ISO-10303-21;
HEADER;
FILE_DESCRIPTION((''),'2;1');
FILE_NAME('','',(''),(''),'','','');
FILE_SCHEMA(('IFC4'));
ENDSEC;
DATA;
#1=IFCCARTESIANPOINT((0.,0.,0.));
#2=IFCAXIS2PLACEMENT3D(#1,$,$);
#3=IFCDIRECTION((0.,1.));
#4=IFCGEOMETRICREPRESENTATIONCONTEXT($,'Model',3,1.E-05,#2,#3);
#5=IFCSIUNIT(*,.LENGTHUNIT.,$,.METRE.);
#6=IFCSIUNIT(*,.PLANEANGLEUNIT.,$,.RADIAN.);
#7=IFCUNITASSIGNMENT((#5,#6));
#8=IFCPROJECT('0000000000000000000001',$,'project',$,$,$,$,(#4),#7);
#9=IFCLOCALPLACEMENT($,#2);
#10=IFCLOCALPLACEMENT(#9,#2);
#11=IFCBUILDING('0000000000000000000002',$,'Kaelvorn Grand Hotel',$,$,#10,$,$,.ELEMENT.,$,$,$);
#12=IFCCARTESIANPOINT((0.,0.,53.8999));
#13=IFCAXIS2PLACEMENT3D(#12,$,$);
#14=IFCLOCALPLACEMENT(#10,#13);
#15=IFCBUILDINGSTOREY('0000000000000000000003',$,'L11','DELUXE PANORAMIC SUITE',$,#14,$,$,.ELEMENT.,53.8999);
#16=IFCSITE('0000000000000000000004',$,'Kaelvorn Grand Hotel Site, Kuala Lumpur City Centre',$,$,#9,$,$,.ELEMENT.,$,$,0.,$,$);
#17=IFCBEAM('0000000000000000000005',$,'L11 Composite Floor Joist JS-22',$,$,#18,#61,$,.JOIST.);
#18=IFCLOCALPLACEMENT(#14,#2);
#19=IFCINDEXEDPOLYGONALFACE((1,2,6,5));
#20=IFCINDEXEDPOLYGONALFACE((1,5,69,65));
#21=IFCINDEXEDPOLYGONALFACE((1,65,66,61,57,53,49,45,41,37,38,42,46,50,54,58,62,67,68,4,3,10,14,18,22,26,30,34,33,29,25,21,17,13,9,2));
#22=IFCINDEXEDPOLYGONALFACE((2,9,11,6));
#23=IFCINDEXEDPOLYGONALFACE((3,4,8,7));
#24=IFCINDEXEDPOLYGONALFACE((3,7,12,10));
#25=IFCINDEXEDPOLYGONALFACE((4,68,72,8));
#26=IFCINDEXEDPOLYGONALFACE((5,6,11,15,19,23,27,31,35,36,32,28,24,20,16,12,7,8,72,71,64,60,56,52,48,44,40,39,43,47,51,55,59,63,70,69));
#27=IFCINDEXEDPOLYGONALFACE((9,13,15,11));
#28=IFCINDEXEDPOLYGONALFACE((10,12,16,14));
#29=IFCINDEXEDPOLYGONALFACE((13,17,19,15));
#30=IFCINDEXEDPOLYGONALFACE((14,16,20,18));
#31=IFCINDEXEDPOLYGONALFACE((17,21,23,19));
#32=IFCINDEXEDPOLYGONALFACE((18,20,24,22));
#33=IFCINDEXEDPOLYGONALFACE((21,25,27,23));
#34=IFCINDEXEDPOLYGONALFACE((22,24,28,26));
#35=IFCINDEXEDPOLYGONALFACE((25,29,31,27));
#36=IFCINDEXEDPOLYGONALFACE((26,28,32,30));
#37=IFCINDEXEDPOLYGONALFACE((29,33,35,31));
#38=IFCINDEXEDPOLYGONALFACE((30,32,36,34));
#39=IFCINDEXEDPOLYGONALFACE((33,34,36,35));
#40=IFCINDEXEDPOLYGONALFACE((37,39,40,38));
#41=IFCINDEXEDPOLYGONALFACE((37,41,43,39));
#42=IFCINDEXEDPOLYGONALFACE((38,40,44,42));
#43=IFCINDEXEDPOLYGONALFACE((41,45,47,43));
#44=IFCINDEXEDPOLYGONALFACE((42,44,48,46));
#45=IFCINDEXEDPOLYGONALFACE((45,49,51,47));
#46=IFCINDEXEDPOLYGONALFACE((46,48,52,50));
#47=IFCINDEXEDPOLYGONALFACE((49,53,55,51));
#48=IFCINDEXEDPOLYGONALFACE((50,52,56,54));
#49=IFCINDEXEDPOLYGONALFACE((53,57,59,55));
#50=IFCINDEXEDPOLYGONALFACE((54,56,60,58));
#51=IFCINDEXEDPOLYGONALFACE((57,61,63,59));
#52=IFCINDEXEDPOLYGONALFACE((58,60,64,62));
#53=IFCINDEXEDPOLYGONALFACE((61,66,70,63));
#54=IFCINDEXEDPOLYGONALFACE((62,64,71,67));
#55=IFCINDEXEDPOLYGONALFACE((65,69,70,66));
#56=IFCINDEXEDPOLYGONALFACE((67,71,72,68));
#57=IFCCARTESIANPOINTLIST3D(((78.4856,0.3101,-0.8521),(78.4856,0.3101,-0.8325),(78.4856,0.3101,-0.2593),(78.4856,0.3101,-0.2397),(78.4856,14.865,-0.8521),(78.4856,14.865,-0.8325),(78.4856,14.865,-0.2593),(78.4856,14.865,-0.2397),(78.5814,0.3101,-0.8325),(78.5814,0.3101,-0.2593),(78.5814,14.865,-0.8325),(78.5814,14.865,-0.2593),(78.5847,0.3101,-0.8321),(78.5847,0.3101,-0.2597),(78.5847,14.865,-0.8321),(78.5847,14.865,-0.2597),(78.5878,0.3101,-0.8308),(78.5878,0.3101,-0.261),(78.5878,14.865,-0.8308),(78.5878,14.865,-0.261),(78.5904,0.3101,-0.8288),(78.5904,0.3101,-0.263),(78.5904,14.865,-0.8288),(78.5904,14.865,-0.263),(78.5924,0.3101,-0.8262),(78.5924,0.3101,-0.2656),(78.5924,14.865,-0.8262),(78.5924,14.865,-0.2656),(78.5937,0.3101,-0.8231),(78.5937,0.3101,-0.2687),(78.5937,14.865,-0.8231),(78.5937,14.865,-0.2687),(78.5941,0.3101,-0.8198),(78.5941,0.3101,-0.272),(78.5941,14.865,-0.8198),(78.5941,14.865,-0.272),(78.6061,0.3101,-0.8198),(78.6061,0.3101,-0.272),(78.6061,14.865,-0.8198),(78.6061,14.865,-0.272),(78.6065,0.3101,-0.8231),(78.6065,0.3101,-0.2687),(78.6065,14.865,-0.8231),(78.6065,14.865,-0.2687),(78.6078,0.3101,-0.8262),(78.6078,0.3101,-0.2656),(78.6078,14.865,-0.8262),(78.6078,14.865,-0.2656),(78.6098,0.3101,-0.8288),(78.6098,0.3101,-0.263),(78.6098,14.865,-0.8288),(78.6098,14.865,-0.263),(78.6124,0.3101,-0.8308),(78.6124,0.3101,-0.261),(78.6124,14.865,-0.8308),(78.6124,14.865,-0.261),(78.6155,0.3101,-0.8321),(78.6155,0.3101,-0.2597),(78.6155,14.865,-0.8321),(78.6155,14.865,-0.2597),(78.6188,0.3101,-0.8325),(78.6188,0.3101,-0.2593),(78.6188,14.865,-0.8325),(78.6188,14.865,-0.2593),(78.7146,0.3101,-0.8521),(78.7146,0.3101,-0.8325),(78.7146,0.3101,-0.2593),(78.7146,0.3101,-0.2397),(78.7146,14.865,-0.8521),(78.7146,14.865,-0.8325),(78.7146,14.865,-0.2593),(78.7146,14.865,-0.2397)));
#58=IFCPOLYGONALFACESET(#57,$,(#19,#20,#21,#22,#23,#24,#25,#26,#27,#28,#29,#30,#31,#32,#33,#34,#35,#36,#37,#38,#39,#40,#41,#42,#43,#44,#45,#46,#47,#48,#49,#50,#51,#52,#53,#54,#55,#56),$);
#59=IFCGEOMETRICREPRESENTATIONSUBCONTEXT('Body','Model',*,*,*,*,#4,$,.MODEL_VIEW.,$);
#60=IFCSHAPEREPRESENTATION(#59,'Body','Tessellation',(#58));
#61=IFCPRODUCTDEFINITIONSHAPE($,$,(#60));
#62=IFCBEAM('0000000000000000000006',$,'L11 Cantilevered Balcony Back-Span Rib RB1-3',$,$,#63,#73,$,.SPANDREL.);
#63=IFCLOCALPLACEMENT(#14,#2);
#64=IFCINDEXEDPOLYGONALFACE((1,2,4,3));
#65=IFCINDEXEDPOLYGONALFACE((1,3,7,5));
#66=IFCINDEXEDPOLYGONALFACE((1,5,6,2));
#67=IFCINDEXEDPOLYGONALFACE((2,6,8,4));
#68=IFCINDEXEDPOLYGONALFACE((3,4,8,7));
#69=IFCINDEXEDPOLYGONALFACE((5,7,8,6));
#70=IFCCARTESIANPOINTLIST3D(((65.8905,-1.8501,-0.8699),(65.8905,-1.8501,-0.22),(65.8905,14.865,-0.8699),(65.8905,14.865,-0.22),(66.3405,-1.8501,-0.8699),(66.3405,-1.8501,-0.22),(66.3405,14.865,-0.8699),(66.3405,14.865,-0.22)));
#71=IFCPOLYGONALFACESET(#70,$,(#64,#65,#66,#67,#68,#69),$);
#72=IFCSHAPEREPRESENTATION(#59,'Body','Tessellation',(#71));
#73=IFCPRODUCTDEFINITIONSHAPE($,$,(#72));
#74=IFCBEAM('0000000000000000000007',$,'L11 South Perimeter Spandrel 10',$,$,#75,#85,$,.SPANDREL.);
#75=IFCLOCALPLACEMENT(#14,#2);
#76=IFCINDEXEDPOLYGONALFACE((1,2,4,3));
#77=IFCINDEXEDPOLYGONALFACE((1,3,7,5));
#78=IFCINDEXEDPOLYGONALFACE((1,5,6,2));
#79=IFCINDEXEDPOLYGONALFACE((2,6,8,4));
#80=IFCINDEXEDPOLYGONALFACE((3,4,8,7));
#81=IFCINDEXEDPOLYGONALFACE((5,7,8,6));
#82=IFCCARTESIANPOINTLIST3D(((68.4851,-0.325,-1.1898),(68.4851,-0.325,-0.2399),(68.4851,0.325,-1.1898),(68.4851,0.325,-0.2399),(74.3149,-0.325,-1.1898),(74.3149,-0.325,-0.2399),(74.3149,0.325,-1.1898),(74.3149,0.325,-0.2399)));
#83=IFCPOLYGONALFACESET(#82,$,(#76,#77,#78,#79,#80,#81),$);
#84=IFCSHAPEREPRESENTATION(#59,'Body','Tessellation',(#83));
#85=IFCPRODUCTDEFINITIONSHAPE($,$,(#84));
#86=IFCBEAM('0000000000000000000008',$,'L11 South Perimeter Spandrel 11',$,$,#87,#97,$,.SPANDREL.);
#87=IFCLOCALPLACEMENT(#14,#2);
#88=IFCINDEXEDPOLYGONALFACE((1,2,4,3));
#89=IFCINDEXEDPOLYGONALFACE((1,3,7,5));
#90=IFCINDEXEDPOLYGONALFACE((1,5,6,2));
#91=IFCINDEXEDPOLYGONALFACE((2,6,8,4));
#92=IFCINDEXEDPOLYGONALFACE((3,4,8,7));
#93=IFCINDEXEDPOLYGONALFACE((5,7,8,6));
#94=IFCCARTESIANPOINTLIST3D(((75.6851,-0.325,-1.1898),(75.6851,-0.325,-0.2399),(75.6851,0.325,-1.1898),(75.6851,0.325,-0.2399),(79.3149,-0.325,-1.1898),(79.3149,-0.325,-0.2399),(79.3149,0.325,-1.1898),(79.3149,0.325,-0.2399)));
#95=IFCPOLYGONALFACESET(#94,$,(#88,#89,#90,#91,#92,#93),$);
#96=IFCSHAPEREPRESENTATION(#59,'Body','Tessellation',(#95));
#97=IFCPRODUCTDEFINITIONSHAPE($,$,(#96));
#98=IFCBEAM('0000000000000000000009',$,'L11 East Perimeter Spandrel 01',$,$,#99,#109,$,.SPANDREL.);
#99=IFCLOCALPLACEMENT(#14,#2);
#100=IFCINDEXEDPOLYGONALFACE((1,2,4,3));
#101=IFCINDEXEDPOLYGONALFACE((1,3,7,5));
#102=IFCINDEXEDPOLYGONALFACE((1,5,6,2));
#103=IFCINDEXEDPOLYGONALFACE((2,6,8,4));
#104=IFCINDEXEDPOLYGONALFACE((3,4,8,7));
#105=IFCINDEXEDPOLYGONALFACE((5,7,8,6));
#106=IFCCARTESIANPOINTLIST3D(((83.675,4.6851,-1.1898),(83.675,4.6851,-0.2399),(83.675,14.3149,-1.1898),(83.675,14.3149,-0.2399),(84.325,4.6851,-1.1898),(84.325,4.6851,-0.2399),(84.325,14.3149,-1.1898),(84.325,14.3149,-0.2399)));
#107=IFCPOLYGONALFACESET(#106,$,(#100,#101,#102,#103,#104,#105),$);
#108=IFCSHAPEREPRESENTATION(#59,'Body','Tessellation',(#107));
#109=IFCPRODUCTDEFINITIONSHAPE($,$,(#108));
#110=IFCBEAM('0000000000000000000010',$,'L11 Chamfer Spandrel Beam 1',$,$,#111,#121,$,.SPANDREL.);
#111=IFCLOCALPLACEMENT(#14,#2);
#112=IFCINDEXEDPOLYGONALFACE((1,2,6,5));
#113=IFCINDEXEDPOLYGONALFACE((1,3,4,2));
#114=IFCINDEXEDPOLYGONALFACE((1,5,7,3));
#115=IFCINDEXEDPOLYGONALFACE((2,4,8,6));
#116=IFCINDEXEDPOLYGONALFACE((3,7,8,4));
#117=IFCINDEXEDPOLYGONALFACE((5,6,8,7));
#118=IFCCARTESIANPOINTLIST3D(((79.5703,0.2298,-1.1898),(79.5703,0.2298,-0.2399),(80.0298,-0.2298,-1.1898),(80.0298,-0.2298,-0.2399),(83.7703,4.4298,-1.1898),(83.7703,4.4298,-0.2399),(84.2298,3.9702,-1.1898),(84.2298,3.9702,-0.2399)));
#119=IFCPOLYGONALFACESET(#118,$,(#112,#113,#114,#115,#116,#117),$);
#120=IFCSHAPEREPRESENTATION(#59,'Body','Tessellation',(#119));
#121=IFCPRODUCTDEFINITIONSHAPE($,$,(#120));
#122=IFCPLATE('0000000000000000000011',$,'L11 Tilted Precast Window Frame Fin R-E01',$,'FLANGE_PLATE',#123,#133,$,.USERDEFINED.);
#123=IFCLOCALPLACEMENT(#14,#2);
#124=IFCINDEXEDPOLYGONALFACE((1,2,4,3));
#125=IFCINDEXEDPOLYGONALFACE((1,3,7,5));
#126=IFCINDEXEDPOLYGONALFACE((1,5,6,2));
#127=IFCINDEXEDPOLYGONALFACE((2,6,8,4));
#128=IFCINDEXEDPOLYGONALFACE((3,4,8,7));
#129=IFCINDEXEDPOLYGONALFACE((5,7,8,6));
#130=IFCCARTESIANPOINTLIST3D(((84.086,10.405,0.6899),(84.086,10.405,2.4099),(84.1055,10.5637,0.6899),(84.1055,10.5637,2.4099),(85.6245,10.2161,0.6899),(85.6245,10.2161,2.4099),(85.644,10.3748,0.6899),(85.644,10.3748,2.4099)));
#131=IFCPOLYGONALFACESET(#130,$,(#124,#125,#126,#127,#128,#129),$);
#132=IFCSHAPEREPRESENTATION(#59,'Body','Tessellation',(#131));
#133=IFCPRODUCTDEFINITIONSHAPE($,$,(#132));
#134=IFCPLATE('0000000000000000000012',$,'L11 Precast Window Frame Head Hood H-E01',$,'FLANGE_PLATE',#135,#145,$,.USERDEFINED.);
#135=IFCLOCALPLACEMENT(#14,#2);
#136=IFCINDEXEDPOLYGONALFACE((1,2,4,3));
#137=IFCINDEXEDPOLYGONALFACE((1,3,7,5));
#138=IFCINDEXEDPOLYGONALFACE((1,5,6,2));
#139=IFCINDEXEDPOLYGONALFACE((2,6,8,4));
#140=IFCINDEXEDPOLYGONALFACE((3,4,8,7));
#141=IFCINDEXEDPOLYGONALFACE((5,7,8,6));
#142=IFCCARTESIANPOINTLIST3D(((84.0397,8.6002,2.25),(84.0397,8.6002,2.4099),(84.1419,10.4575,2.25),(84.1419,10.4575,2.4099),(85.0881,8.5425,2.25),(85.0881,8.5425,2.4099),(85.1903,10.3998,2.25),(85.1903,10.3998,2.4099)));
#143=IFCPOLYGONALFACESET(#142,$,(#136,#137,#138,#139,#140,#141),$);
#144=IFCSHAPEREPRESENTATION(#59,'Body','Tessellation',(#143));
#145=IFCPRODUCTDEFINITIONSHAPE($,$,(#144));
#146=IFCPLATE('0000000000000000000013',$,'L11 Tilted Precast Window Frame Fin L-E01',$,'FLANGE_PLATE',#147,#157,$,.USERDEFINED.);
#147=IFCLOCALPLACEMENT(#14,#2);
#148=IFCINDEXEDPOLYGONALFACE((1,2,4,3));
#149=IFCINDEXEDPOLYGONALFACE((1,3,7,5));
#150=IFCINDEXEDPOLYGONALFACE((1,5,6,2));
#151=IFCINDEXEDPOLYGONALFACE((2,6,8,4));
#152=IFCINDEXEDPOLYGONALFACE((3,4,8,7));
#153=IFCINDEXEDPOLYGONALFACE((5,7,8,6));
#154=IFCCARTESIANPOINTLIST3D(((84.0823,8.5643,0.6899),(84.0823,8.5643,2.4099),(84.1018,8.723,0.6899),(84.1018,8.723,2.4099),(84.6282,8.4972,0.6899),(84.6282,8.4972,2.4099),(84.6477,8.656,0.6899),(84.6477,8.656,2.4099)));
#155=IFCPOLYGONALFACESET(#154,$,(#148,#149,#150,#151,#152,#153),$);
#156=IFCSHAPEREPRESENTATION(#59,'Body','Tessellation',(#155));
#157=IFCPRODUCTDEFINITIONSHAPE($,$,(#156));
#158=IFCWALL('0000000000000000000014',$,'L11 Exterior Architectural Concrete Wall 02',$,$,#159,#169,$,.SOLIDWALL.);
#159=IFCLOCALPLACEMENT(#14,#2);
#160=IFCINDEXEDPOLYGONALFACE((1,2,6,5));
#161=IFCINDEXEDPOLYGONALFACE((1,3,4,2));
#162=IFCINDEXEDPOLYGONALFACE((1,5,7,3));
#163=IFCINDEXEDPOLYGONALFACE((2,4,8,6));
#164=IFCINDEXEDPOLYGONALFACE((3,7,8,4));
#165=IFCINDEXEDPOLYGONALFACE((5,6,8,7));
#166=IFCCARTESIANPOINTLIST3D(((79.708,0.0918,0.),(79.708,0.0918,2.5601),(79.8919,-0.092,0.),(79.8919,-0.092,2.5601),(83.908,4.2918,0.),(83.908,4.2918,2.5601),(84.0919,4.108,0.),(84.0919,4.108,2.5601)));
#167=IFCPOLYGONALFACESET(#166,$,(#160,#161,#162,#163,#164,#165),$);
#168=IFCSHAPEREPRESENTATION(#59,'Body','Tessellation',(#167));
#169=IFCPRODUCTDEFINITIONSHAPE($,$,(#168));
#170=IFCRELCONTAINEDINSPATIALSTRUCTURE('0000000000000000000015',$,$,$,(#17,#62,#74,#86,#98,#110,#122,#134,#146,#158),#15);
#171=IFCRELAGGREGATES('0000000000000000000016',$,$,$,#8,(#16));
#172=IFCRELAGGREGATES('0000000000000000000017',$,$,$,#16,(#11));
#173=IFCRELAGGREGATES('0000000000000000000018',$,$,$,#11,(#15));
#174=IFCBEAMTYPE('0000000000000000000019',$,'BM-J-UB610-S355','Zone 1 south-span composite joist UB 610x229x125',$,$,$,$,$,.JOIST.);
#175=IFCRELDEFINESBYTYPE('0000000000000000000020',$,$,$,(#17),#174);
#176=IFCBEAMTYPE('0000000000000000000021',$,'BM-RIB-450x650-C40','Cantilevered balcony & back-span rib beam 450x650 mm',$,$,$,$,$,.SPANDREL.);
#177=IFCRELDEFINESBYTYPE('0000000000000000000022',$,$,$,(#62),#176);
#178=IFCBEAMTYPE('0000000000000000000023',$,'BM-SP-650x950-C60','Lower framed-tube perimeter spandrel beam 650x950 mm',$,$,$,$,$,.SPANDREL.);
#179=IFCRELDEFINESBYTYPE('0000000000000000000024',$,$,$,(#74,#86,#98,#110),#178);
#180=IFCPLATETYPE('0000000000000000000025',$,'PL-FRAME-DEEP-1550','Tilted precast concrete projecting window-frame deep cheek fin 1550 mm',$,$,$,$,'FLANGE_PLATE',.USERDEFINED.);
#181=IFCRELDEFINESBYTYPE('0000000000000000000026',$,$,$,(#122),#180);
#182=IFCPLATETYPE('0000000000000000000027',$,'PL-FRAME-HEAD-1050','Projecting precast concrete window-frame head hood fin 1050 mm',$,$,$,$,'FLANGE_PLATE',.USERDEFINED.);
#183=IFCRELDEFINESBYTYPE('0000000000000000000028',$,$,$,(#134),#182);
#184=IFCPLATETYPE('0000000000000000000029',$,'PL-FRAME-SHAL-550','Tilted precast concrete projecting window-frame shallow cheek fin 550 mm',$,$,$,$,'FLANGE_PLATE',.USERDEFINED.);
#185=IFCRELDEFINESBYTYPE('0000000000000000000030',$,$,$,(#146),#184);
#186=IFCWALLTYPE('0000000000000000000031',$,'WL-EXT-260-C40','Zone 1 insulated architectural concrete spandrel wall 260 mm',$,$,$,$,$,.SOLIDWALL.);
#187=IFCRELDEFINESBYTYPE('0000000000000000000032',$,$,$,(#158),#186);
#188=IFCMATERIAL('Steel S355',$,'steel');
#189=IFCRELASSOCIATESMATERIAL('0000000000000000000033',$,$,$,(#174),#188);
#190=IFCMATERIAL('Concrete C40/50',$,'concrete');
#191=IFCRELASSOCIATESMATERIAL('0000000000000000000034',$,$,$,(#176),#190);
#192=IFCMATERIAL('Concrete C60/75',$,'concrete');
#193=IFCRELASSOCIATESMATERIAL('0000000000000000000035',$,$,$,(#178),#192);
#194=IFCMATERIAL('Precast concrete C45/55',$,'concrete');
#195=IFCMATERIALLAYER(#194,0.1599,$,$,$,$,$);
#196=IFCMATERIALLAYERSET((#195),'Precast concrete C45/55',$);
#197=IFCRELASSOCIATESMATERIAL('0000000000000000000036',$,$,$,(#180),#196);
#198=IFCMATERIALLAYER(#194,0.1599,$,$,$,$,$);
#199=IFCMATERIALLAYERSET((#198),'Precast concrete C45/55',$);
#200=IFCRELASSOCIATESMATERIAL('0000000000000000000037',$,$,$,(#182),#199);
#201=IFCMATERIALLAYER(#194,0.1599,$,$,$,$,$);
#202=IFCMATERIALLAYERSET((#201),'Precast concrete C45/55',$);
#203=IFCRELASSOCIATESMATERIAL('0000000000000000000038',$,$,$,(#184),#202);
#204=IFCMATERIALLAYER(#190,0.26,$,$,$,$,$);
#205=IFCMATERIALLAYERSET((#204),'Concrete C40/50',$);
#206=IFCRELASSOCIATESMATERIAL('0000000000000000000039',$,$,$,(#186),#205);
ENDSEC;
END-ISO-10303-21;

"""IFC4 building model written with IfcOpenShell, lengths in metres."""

from ifc_helpers import new_model, si_unit, direction, frame, frame_2d, origin, origin_2d, place, context, subcontext, project, spatial, rectangle, i_section, extrude, material, layer, layer_set, material_profile, profile_set, type_object, element, save


model = new_model("IFC4")

# Units and contexts
model_context = context("Model", 3, precision=1e-05, world=origin(), true_north=direction((0.0, 1.0)))
body_context = subcontext(model_context, "Body", "Model", "MODEL_VIEW")
ifc_project = project(units=[si_unit("LENGTHUNIT", "METRE"), si_unit("PLANEANGLEUNIT", "RADIAN")], contexts=[model_context])

# Site, building, storey
site_placement = place(None, origin())
site = spatial("IfcSite", under=ifc_project, at=site_placement, Name="Kaelvorn Grand Hotel Site, Kuala Lumpur City Centre", CompositionType="ELEMENT", RefElevation=0.0)
building_placement = place(site_placement, origin())
building = spatial("IfcBuilding", under=site, at=building_placement, Name="Kaelvorn Grand Hotel", CompositionType="ELEMENT")
storey_placement = place(building_placement, frame((0.0, 0.0, 53.8999)))
storey = spatial("IfcBuildingStorey", under=building, at=storey_placement, Name="L11", Description="DELUXE PANORAMIC SUITE", CompositionType="ELEMENT", Elevation=53.8999)

# Beams
ifc_material_1 = material(Name="Steel S355", Category="steel")
ifc_material_profile_1 = material_profile(ifc_material_1, i_section(OverallWidth=0.229, OverallDepth=0.6123, WebThickness=0.012, FlangeThickness=0.0195, FilletRadius=0.0127, at=origin_2d()), Name="UB 610x229x125")
ifc_profile_set_1 = profile_set([ifc_material_profile_1], Name="Steel S355")
beam_type_1 = type_object("IfcBeamType", Name="BM-J-UB610-S355", Description="Zone 1 south-span composite joist UB 610x229x125", PredefinedType="JOIST", material=ifc_profile_set_1)
beam_1_placement = place(storey_placement, frame((78.6001, 0.3101, -0.5459), z_axis=(0.0, 1.0, 0.0), x_axis=(-1.0, 0.0, 0.0)))
element("IfcBeam", 1, at=beam_1_placement, inside=storey, type_object=beam_type_1, Name="L11 Composite Floor Joist JS-22", PredefinedType="JOIST", context=body_context, shape_type="SweptSolid", body=[
    extrude(i_section(OverallWidth=0.229, OverallDepth=0.6123, WebThickness=0.012, FlangeThickness=0.0195, FilletRadius=0.0127, at=origin_2d()), origin(), (0.0, 0.0, 1.0), 14.5549),
])
ifc_material_2 = material(Name="Concrete C40/50", Category="concrete")
ifc_material_profile_2 = material_profile(ifc_material_2, rectangle(XDim=0.45, YDim=0.6499, at=origin_2d()), Name="RC RIB 450x650")
ifc_profile_set_2 = profile_set([ifc_material_profile_2], Name="Concrete C40/50")
beam_type_2 = type_object("IfcBeamType", Name="BM-RIB-450x650-C40", Description="Cantilevered balcony & back-span rib beam 450x650 mm", PredefinedType="SPANDREL", material=ifc_profile_set_2)
beam_2_placement = place(storey_placement, frame((66.1155, -1.8501, -0.5449), z_axis=(0.0, 1.0, 0.0), x_axis=(-1.0, 0.0, 0.0)))
element("IfcBeam", 2, at=beam_2_placement, inside=storey, type_object=beam_type_2, Name="L11 Cantilevered Balcony Back-Span Rib RB1-3", PredefinedType="SPANDREL", context=body_context, shape_type="SweptSolid", body=[
    extrude(rectangle(XDim=0.45, YDim=0.6499, at=origin_2d()), origin(), (0.0, 0.0, 1.0), 16.7151),
])
ifc_material_3 = material(Name="Concrete C60/75", Category="concrete")
ifc_material_profile_3 = material_profile(ifc_material_3, rectangle(XDim=0.6499, YDim=0.95, at=origin_2d()), Name="RC SPANDREL 650x950")
ifc_profile_set_3 = profile_set([ifc_material_profile_3], Name="Concrete C60/75")
beam_type_3 = type_object("IfcBeamType", Name="BM-SP-650x950-C60", Description="Lower framed-tube perimeter spandrel beam 650x950 mm", PredefinedType="SPANDREL", material=ifc_profile_set_3)
beam_3_placement = place(storey_placement, frame((68.4851, 0.0, -0.7148), z_axis=(1.0, 0.0, 0.0), x_axis=(0.0, 1.0, 0.0)))
element("IfcBeam", 3, at=beam_3_placement, inside=storey, type_object=beam_type_3, Name="L11 South Perimeter Spandrel 10", PredefinedType="SPANDREL", context=body_context, shape_type="SweptSolid", body=[
    extrude(rectangle(XDim=0.6499, YDim=0.95, at=origin_2d()), origin(), (0.0, 0.0, 1.0), 5.8298),
])
beam_4_placement = place(storey_placement, frame((75.6851, 0.0, -0.7148), z_axis=(1.0, 0.0, 0.0), x_axis=(0.0, 1.0, 0.0)))
element("IfcBeam", 4, at=beam_4_placement, inside=storey, type_object=beam_type_3, Name="L11 South Perimeter Spandrel 11", PredefinedType="SPANDREL", context=body_context, shape_type="SweptSolid", body=[
    extrude(rectangle(XDim=0.6499, YDim=0.95, at=origin_2d()), origin(), (0.0, 0.0, 1.0), 3.6299),
])
beam_5_placement = place(storey_placement, frame((84.0, 4.6851, -0.7148), z_axis=(0.0, 1.0, 0.0), x_axis=(-1.0, 0.0, 0.0)))
element("IfcBeam", 5, at=beam_5_placement, inside=storey, type_object=beam_type_3, Name="L11 East Perimeter Spandrel 01", PredefinedType="SPANDREL", context=body_context, shape_type="SweptSolid", body=[
    extrude(rectangle(XDim=0.6499, YDim=0.95, at=origin_2d()), origin(), (0.0, 0.0, 1.0), 9.6299),
])
beam_6_placement = place(storey_placement, frame((79.8, 0.0, -0.7148), z_axis=(0.707107, 0.707107, 0.0), x_axis=(-0.707107, 0.707107, 0.0)))
element("IfcBeam", 6, at=beam_6_placement, inside=storey, type_object=beam_type_3, Name="L11 Chamfer Spandrel Beam 1", PredefinedType="SPANDREL", context=body_context, shape_type="SweptSolid", body=[
    extrude(rectangle(XDim=0.6499, YDim=0.95, at=origin_2d()), origin(), (0.0, 0.0, 1.0), 5.9397),
])

# Plates
ifc_material_4 = material(Name="Precast concrete C45/55", Category="concrete")
ifc_layer_1 = layer(ifc_material_4, 0.1599)
ifc_layer_set_1 = layer_set([ifc_layer_1], Name="Precast concrete C45/55")
plate_type_1 = type_object("IfcPlateType", Name="PL-FRAME-DEEP-1550", Description="Tilted precast concrete projecting window-frame deep cheek fin 1550 mm", ElementType="FLANGE_PLATE", PredefinedType="USERDEFINED", material=ifc_layer_set_1)
plate_1_placement = place(storey_placement, frame((84.865, 10.3899, 0.6899), z_axis=(0.0, 0.0, 1.0), x_axis=(0.121869, 0.992546, 0.0)))
element("IfcPlate", 7, at=plate_1_placement, inside=storey, type_object=plate_type_1, Name="L11 Tilted Precast Window Frame Fin R-E01", ObjectType="FLANGE_PLATE", PredefinedType="USERDEFINED", context=body_context, shape_type="SweptSolid", body=[
    extrude(rectangle(XDim=0.1599, YDim=1.55, at=origin_2d()), origin(), (0.0, 0.0, 1.0), 1.72),
])
ifc_layer_2 = layer(ifc_material_4, 0.1599)
ifc_layer_set_2 = layer_set([ifc_layer_2], Name="Precast concrete C45/55")
plate_type_2 = type_object("IfcPlateType", Name="PL-FRAME-HEAD-1050", Description="Projecting precast concrete window-frame head hood fin 1050 mm", ElementType="FLANGE_PLATE", PredefinedType="USERDEFINED", material=ifc_layer_set_2)
plate_2_placement = place(storey_placement, frame((84.615, 9.5, 2.25), z_axis=(0.0, 0.0, 1.0), x_axis=(0.05495, 0.998489, 0.0)))
element("IfcPlate", 8, at=plate_2_placement, inside=storey, type_object=plate_type_2, Name="L11 Precast Window Frame Head Hood H-E01", ObjectType="FLANGE_PLATE", PredefinedType="USERDEFINED", context=body_context, shape_type="SweptSolid", body=[
    extrude(rectangle(XDim=1.8601, YDim=1.05, at=origin_2d()), origin(), (0.0, 0.0, 1.0), 0.1599),
])
ifc_layer_3 = layer(ifc_material_4, 0.1599)
ifc_layer_set_3 = layer_set([ifc_layer_3], Name="Precast concrete C45/55")
plate_type_3 = type_object("IfcPlateType", Name="PL-FRAME-SHAL-550", Description="Tilted precast concrete projecting window-frame shallow cheek fin 550 mm", ElementType="FLANGE_PLATE", PredefinedType="USERDEFINED", material=ifc_layer_set_3)
plate_3_placement = place(storey_placement, frame((84.365, 8.6101, 0.6899), z_axis=(0.0, 0.0, 1.0), x_axis=(0.121869, 0.992546, 0.0)))
element("IfcPlate", 9, at=plate_3_placement, inside=storey, type_object=plate_type_3, Name="L11 Tilted Precast Window Frame Fin L-E01", ObjectType="FLANGE_PLATE", PredefinedType="USERDEFINED", context=body_context, shape_type="SweptSolid", body=[
    extrude(rectangle(XDim=0.1599, YDim=0.55, at=origin_2d()), origin(), (0.0, 0.0, 1.0), 1.72),
])

# Wall
ifc_layer_4 = layer(ifc_material_2, 0.26)
ifc_layer_set_4 = layer_set([ifc_layer_4], Name="Concrete C40/50")
wall_type_1 = type_object("IfcWallType", Name="WL-EXT-260-C40", Description="Zone 1 insulated architectural concrete spandrel wall 260 mm", PredefinedType="SOLIDWALL", material=ifc_layer_set_4)
wall_1_placement = place(storey_placement, frame((79.8, 0.0, 0.0), z_axis=(0.0, 0.0, 1.0), x_axis=(0.707107, 0.707107, 0.0)))
element("IfcWall", 10, at=wall_1_placement, inside=storey, type_object=wall_type_1, Name="L11 Exterior Architectural Concrete Wall 02", PredefinedType="SOLIDWALL", context=body_context, shape_type="SweptSolid", body=[
    extrude(rectangle(XDim=5.9397, YDim=0.26, at=frame_2d((2.9697, 0.0))), origin(), (0.0, 0.0, 1.0), 2.5601),
])

save(model, "model.ifc")
